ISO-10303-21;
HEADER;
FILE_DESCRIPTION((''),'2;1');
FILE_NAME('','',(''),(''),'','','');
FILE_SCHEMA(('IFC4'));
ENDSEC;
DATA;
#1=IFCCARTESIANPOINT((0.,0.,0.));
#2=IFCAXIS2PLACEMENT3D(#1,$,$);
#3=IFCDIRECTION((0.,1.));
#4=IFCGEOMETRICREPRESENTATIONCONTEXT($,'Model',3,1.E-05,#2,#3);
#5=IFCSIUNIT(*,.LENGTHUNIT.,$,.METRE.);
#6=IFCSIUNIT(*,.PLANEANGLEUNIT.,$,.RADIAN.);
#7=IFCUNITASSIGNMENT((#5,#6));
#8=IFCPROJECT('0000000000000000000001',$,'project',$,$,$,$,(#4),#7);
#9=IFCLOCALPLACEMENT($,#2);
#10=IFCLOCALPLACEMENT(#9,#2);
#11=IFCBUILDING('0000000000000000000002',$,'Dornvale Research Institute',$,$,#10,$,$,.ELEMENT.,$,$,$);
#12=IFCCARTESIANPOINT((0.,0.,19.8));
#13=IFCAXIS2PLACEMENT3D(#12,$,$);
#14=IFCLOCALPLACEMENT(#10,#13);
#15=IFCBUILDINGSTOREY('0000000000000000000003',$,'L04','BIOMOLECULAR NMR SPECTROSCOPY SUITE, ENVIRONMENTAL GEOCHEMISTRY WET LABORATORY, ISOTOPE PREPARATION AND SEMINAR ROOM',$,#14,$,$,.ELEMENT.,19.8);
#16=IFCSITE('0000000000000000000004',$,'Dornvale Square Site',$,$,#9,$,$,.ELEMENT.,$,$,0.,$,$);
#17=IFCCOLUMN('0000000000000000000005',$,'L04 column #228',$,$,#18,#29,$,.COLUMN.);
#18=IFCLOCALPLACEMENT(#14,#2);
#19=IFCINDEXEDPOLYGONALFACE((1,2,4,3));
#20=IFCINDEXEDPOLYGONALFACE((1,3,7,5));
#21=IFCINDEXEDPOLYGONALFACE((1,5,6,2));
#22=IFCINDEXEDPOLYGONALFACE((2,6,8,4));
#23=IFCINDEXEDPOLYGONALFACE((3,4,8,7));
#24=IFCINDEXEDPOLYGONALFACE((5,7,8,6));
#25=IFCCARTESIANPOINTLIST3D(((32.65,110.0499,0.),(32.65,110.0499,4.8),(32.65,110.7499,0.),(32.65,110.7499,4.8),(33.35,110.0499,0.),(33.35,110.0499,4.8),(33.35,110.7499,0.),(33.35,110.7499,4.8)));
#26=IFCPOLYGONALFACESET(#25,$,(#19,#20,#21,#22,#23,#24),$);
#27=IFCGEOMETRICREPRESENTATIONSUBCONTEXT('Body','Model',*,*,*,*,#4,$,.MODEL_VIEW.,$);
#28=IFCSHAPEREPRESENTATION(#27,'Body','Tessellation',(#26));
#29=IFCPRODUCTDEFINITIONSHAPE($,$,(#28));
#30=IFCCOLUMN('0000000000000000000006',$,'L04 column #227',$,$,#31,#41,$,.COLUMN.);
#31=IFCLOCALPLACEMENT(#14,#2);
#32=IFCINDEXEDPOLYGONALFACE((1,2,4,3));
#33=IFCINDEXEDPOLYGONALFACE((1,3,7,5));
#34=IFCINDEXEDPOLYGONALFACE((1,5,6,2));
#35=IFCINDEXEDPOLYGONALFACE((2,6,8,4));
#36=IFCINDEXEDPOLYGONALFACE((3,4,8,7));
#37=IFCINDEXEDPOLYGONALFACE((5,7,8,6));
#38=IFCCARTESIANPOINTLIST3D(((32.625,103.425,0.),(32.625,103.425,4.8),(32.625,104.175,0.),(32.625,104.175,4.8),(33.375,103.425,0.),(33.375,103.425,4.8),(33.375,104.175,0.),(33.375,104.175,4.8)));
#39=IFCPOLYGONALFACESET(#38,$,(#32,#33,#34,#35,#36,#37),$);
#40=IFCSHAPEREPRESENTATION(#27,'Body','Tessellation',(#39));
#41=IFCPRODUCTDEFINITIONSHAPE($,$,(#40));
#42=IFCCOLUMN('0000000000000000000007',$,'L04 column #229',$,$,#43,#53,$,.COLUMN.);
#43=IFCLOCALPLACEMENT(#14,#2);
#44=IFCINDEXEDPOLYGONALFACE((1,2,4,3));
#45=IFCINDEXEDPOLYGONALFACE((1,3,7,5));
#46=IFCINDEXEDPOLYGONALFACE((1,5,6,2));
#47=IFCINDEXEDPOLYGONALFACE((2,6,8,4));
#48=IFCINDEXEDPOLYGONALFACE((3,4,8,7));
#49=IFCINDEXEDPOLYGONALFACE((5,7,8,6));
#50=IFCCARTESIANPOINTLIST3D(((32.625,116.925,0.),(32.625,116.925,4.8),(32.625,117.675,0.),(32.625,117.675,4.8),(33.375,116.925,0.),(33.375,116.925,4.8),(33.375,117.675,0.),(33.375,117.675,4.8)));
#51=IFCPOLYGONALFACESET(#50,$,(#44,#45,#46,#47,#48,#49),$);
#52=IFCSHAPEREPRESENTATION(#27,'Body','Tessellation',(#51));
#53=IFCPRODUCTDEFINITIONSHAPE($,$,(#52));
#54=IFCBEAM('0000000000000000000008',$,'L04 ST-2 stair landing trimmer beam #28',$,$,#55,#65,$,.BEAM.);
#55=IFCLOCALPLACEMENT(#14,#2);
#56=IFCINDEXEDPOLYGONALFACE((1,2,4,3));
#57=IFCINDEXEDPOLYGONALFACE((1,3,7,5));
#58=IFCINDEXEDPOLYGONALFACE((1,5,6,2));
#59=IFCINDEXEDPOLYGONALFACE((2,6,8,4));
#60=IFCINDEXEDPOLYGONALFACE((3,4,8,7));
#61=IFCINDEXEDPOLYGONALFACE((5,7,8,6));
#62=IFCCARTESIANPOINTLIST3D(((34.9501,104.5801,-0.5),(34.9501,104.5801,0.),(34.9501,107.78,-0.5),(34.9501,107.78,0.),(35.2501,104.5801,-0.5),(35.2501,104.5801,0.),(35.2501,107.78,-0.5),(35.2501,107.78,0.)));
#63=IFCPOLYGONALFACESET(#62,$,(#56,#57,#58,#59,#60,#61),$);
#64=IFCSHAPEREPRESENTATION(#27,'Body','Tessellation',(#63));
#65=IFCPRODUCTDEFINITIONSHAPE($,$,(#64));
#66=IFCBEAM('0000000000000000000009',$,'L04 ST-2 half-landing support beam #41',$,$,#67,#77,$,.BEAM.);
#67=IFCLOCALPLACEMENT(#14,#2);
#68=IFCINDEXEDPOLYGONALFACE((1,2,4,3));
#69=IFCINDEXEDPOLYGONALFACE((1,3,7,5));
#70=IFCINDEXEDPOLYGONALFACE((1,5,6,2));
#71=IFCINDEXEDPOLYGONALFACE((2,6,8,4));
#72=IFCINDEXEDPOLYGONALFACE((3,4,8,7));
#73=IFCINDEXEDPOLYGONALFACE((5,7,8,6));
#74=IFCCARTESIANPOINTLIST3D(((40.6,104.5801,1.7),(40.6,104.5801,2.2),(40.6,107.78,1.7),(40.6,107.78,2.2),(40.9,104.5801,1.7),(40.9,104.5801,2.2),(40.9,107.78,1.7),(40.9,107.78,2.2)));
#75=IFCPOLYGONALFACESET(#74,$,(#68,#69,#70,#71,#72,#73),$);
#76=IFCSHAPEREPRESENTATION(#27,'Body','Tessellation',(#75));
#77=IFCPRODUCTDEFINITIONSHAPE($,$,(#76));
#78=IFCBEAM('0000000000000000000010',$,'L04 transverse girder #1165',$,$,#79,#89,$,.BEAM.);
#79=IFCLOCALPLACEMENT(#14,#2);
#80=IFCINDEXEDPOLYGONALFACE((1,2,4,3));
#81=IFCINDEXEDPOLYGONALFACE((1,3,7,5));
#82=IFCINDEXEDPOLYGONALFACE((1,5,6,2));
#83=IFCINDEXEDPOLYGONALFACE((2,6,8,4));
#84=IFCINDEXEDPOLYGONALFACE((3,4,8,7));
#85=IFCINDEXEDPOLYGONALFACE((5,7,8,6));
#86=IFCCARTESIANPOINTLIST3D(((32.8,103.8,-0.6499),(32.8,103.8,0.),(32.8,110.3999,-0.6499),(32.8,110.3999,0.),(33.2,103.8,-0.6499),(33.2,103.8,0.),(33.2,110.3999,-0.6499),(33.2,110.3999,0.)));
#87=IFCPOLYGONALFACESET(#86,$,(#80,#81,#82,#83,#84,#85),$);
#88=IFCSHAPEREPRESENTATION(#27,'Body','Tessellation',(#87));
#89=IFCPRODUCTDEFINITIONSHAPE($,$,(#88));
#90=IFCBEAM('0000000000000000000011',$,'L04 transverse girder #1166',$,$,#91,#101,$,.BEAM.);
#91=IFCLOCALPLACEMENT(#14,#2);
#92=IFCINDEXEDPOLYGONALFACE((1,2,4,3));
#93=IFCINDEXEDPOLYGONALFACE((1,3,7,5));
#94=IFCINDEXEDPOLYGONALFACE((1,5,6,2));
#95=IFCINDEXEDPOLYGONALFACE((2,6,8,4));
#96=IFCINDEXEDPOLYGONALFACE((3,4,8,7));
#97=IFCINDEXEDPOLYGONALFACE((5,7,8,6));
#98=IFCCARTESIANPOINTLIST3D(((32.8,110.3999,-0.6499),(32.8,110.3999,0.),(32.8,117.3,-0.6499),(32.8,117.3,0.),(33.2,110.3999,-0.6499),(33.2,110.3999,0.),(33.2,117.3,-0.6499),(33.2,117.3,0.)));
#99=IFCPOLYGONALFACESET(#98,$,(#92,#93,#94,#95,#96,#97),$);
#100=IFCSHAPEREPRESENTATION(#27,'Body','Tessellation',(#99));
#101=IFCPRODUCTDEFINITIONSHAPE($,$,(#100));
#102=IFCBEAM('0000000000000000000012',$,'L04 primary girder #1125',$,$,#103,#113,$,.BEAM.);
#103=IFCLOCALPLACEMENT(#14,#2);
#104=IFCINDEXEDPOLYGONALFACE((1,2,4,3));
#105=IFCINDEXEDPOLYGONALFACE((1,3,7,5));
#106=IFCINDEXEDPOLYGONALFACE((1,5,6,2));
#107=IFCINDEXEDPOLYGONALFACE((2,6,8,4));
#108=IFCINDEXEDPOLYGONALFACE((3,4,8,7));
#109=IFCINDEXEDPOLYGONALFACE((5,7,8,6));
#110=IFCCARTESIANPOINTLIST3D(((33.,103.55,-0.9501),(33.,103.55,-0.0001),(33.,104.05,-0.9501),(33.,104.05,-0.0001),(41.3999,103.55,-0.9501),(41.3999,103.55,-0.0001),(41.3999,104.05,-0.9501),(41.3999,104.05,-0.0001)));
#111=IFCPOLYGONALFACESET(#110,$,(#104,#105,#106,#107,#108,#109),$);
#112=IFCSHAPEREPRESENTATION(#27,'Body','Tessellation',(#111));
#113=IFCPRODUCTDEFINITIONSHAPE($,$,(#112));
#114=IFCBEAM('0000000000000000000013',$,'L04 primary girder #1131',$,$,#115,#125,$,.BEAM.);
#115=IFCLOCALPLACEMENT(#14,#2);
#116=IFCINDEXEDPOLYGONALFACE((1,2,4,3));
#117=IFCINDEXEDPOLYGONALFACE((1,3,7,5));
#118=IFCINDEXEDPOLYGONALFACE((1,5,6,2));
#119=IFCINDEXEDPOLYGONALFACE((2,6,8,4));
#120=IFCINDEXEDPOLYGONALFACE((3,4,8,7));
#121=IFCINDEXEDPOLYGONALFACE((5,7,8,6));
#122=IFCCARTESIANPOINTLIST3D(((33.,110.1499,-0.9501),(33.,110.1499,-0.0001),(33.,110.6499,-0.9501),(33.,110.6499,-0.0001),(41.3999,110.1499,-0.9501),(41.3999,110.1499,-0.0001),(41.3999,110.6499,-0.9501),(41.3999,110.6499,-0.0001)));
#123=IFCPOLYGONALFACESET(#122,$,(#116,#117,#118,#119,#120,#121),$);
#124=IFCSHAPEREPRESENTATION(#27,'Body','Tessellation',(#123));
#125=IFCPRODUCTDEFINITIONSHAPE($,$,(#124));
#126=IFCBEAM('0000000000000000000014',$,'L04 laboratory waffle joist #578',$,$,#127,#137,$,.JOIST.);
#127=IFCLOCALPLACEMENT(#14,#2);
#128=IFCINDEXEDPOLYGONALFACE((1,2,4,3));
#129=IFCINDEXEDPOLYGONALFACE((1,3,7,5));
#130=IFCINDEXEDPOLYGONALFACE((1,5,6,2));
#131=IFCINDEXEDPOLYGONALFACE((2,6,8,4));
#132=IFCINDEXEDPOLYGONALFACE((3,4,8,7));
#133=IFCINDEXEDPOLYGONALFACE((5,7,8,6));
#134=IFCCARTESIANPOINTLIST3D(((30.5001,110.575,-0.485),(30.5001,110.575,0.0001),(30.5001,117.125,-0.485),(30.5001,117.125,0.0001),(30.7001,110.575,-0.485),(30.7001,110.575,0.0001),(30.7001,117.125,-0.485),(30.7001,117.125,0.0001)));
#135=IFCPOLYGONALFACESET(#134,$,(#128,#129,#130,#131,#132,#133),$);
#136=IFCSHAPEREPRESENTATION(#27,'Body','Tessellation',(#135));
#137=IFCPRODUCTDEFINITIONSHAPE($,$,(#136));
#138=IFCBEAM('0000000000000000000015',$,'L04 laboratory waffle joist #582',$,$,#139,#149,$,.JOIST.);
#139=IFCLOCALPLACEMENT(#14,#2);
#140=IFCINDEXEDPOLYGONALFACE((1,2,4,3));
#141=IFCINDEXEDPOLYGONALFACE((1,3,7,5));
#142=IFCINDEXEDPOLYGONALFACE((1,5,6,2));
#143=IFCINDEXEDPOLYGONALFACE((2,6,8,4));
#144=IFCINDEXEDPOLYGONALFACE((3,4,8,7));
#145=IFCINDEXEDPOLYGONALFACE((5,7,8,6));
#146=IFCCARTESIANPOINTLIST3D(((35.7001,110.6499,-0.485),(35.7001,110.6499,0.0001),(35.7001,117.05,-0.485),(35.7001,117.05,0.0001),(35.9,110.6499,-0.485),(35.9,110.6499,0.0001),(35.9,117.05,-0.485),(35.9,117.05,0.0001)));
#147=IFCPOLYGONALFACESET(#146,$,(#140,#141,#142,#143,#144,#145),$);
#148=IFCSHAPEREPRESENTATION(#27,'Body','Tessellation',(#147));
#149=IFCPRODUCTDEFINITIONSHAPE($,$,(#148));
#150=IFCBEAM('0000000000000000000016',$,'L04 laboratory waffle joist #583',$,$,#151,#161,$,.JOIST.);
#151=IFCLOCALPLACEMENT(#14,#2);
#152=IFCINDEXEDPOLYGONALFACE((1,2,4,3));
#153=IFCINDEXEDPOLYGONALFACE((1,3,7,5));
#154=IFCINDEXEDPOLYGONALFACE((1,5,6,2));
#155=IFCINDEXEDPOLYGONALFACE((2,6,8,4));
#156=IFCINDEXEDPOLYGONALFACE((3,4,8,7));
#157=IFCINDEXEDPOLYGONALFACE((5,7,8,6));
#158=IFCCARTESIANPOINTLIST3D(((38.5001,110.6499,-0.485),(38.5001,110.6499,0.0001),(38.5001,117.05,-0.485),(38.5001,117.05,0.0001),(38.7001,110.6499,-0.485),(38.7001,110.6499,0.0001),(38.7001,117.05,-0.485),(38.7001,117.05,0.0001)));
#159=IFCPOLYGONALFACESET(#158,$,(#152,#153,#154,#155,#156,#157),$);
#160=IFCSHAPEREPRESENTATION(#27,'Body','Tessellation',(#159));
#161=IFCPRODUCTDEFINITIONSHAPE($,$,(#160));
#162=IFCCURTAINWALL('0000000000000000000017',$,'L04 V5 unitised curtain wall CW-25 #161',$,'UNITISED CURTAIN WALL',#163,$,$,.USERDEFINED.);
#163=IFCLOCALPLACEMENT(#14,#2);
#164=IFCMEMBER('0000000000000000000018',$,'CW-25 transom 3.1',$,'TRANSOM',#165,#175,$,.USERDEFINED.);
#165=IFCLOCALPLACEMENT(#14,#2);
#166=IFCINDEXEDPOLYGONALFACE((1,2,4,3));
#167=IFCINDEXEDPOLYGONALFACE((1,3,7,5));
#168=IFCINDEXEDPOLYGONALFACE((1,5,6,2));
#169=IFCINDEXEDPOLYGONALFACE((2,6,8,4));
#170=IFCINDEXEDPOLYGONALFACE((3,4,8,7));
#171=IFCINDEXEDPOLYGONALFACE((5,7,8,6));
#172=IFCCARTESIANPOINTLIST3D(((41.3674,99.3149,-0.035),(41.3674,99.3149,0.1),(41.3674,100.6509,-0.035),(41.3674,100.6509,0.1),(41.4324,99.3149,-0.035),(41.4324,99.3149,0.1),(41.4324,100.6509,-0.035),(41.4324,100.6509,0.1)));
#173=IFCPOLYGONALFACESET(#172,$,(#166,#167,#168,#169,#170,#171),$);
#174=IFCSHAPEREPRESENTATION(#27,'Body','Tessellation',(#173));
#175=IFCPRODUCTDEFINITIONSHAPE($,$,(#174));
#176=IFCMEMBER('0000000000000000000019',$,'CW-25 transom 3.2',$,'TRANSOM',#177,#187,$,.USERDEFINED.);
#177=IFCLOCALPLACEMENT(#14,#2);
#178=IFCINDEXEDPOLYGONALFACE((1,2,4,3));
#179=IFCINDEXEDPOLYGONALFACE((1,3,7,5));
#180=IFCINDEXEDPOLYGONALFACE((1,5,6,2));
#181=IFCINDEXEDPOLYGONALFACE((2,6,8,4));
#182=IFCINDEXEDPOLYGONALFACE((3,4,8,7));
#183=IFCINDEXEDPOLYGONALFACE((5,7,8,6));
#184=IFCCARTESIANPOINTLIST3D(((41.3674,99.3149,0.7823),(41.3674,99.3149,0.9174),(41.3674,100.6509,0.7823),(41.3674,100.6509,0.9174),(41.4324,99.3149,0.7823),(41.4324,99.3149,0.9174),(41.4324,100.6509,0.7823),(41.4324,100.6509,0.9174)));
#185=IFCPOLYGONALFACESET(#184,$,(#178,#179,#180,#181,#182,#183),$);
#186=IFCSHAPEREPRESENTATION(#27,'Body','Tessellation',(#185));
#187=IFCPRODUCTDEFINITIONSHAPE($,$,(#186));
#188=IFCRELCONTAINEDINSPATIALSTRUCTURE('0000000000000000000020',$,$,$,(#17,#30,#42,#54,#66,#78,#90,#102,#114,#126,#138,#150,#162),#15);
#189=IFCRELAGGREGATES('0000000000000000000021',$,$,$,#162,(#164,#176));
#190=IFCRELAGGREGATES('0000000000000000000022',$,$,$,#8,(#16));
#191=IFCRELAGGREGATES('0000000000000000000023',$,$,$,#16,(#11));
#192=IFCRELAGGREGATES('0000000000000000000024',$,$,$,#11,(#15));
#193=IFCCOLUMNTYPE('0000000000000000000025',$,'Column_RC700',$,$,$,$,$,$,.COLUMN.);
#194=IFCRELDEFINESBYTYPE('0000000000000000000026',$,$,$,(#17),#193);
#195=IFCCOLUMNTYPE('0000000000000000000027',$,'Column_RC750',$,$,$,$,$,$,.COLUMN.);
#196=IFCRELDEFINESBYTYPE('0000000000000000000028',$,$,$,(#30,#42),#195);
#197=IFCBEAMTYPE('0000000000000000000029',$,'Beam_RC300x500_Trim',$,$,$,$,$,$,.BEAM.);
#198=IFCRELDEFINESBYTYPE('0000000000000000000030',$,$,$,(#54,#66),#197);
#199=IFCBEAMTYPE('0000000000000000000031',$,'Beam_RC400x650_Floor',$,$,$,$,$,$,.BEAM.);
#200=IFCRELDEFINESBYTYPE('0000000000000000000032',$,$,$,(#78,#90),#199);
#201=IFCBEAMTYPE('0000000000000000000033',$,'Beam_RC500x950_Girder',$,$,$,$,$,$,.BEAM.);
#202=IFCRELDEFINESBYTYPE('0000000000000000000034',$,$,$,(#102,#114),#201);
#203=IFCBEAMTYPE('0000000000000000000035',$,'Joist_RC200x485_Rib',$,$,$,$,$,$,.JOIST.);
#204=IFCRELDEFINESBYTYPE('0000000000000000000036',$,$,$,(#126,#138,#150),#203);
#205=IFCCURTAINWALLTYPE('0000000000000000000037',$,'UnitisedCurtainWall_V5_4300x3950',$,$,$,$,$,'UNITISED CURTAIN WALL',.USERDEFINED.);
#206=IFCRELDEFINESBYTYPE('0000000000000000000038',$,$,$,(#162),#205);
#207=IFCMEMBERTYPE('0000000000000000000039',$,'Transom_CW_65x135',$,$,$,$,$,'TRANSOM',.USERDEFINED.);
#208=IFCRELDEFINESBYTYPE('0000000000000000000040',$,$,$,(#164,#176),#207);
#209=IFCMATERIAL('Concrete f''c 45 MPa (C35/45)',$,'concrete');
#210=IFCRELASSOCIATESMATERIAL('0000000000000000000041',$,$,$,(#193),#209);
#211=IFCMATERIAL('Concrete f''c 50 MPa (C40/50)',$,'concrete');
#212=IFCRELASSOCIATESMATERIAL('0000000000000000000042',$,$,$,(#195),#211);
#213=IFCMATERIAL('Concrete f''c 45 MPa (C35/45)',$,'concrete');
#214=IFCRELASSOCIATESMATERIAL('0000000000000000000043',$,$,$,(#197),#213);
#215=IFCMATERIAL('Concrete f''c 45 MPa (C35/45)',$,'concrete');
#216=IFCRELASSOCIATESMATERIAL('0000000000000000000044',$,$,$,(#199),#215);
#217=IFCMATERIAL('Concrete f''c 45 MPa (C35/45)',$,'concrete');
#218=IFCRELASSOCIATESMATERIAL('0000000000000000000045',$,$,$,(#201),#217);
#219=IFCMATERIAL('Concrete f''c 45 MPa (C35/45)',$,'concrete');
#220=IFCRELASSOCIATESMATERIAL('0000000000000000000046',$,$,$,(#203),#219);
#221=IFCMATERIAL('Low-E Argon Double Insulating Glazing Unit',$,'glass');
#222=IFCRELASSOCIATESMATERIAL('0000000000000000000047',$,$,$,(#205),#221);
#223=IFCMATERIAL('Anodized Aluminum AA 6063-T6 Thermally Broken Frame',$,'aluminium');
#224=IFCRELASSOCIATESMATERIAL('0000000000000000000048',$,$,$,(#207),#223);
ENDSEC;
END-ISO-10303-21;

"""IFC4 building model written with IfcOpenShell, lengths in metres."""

from ifc_helpers import new_model, si_unit, direction, frame, origin, origin_2d, place, context, subcontext, project, spatial, rectangle, extrude, material, material_profile, profile_set, type_object, element, aggregate, save


model = new_model("IFC4")

# Units and contexts
model_context = context("Model", 3, precision=1e-05, world=origin(), true_north=direction((0.0, 1.0)))
body_context = subcontext(model_context, "Body", "Model", "MODEL_VIEW")
ifc_project = project(units=[si_unit("LENGTHUNIT", "METRE"), si_unit("PLANEANGLEUNIT", "RADIAN")], contexts=[model_context])

# Site, building, storey
site_placement = place(None, origin())
site = spatial("IfcSite", under=ifc_project, at=site_placement, Name="Dornvale Square Site", CompositionType="ELEMENT", RefElevation=0.0)
building_placement = place(site_placement, origin())
building = spatial("IfcBuilding", under=site, at=building_placement, Name="Dornvale Research Institute", CompositionType="ELEMENT")
storey_placement = place(building_placement, frame((0.0, 0.0, 19.8)))
storey = spatial("IfcBuildingStorey", under=building, at=storey_placement, Name="L04", Description="BIOMOLECULAR NMR SPECTROSCOPY SUITE, ENVIRONMENTAL GEOCHEMISTRY WET LABORATORY, ISOTOPE PREPARATION AND SEMINAR ROOM", CompositionType="ELEMENT", Elevation=19.8)

# Columns
ifc_material_1 = material(Name="Concrete f'c 45 MPa (C35/45)", Category="concrete")
ifc_material_profile_1 = material_profile(ifc_material_1, rectangle(XDim=0.7, YDim=0.7, at=origin_2d()), Name="RC 700x700")
ifc_profile_set_1 = profile_set([ifc_material_profile_1], Name="Concrete f'c 45 MPa (C35/45)")
column_type_1 = type_object("IfcColumnType", Name="Column_RC700", PredefinedType="COLUMN", material=ifc_profile_set_1)
column_placement = place(storey_placement, frame((33.0, 110.3999, 0.0), z_axis=(0.0, 0.0, 1.0), x_axis=(1.0, 0.0, 0.0)))
element("IfcColumn", 1, at=column_placement, inside=storey, type_object=column_type_1, Name="L04 column #228", PredefinedType="COLUMN", context=body_context, shape_type="SweptSolid", body=[
    extrude(rectangle(XDim=0.7, YDim=0.7, at=origin_2d()), origin(), (0.0, 0.0, 1.0), 4.8),
])
ifc_material_2 = material(Name="Concrete f'c 50 MPa (C40/50)", Category="concrete")
ifc_material_profile_2 = material_profile(ifc_material_2, rectangle(XDim=0.75, YDim=0.75, at=origin_2d()), Name="RC 750x750")
ifc_profile_set_2 = profile_set([ifc_material_profile_2], Name="Concrete f'c 50 MPa (C40/50)")
column_type_2 = type_object("IfcColumnType", Name="Column_RC750", PredefinedType="COLUMN", material=ifc_profile_set_2)
for number, where, z_axis, x_axis, name in (
    (2, (33.0, 103.8, 0.0), (0.0, 0.0, 1.0), (1.0, 0.0, 0.0), "L04 column #227"),
    (3, (33.0, 117.3, 0.0), (0.0, 0.0, 1.0), (1.0, 0.0, 0.0), "L04 column #229"),
):
    element("IfcColumn", number, at=place(storey_placement, frame(where, z_axis=z_axis, x_axis=x_axis)), inside=storey, type_object=column_type_2, Name=name, PredefinedType="COLUMN", context=body_context, shape_type="SweptSolid", body=[
        extrude(rectangle(XDim=0.75, YDim=0.75, at=origin_2d()), origin(), (0.0, 0.0, 1.0), 4.8),
    ])

# Beams
ifc_material_3 = material(Name="Concrete f'c 45 MPa (C35/45)", Category="concrete")
ifc_material_profile_3 = material_profile(ifc_material_3, rectangle(XDim=0.3, YDim=0.5, at=origin_2d()), Name="RC 300x500")
ifc_profile_set_3 = profile_set([ifc_material_profile_3], Name="Concrete f'c 45 MPa (C35/45)")
beam_type_1 = type_object("IfcBeamType", Name="Beam_RC300x500_Trim", PredefinedType="BEAM", material=ifc_profile_set_3)
for number, where, z_axis, x_axis, name in (
    (4, (35.1001, 104.5801, -0.25), (0.0, 1.0, 0.0), (-1.0, 0.0, 0.0), "L04 ST-2 stair landing trimmer beam #28"),
    (5, (40.75, 104.5801, 1.95), (0.0, 1.0, 0.0), (-1.0, 0.0, 0.0), "L04 ST-2 half-landing support beam #41"),
):
    element("IfcBeam", number, at=place(storey_placement, frame(where, z_axis=z_axis, x_axis=x_axis)), inside=storey, type_object=beam_type_1, Name=name, PredefinedType="BEAM", context=body_context, shape_type="SweptSolid", body=[
        extrude(rectangle(XDim=0.3, YDim=0.5, at=origin_2d()), origin(), (0.0, 0.0, 1.0), 3.2),
    ])
ifc_material_4 = material(Name="Concrete f'c 45 MPa (C35/45)", Category="concrete")
ifc_material_profile_4 = material_profile(ifc_material_4, rectangle(XDim=0.3999, YDim=0.6499, at=origin_2d()), Name="RC 400x650")
ifc_profile_set_4 = profile_set([ifc_material_profile_4], Name="Concrete f'c 45 MPa (C35/45)")
beam_type_2 = type_object("IfcBeamType", Name="Beam_RC400x650_Floor", PredefinedType="BEAM", material=ifc_profile_set_4)
beam_1_placement = place(storey_placement, frame((33.0, 103.8, -0.325), z_axis=(0.0, 1.0, 0.0), x_axis=(-1.0, 0.0, 0.0)))
element("IfcBeam", 6, at=beam_1_placement, inside=storey, type_object=beam_type_2, Name="L04 transverse girder #1165", PredefinedType="BEAM", context=body_context, shape_type="SweptSolid", body=[
    extrude(rectangle(XDim=0.3999, YDim=0.6499, at=origin_2d()), origin(), (0.0, 0.0, 1.0), 6.5999),
])
beam_2_placement = place(storey_placement, frame((33.0, 110.3999, -0.325), z_axis=(0.0, 1.0, 0.0), x_axis=(-1.0, 0.0, 0.0)))
element("IfcBeam", 7, at=beam_2_placement, inside=storey, type_object=beam_type_2, Name="L04 transverse girder #1166", PredefinedType="BEAM", context=body_context, shape_type="SweptSolid", body=[
    extrude(rectangle(XDim=0.3999, YDim=0.6499, at=origin_2d()), origin(), (0.0, 0.0, 1.0), 6.9001),
])
ifc_material_5 = material(Name="Concrete f'c 45 MPa (C35/45)", Category="concrete")
ifc_material_profile_5 = material_profile(ifc_material_5, rectangle(XDim=0.5, YDim=0.95, at=origin_2d()), Name="RC 500x950")
ifc_profile_set_5 = profile_set([ifc_material_profile_5], Name="Concrete f'c 45 MPa (C35/45)")
beam_type_3 = type_object("IfcBeamType", Name="Beam_RC500x950_Girder", PredefinedType="BEAM", material=ifc_profile_set_5)
for number, where, z_axis, x_axis, name in (
    (8, (33.0, 103.8, -0.4751), (1.0, 0.0, 0.0), (0.0, 1.0, 0.0), "L04 primary girder #1125"),
    (9, (33.0, 110.3999, -0.4751), (1.0, 0.0, 0.0), (0.0, 1.0, 0.0), "L04 primary girder #1131"),
):
    element("IfcBeam", number, at=place(storey_placement, frame(where, z_axis=z_axis, x_axis=x_axis)), inside=storey, type_object=beam_type_3, Name=name, PredefinedType="BEAM", context=body_context, shape_type="SweptSolid", body=[
        extrude(rectangle(XDim=0.5, YDim=0.95, at=origin_2d()), origin(), (0.0, 0.0, 1.0), 8.3999),
    ])
ifc_material_6 = material(Name="Concrete f'c 45 MPa (C35/45)", Category="concrete")
ifc_material_profile_6 = material_profile(ifc_material_6, rectangle(XDim=0.2, YDim=0.4851, at=origin_2d()), Name="RC 200x485")
ifc_profile_set_6 = profile_set([ifc_material_profile_6], Name="Concrete f'c 45 MPa (C35/45)")
beam_type_4 = type_object("IfcBeamType", Name="Joist_RC200x485_Rib", PredefinedType="JOIST", material=ifc_profile_set_6)
beam_3_placement = place(storey_placement, frame((30.6001, 110.575, -0.2424), z_axis=(0.0, 1.0, 0.0), x_axis=(-1.0, 0.0, 0.0)))
element("IfcBeam", 10, at=beam_3_placement, inside=storey, type_object=beam_type_4, Name="L04 laboratory waffle joist #578", PredefinedType="JOIST", context=body_context, shape_type="SweptSolid", body=[
    extrude(rectangle(XDim=0.2, YDim=0.4851, at=origin_2d()), origin(), (0.0, 0.0, 1.0), 6.55),
])
for number, where, z_axis, x_axis, name in (
    (11, (35.8, 110.6499, -0.2424), (0.0, 1.0, 0.0), (-1.0, 0.0, 0.0), "L04 laboratory waffle joist #582"),
    (12, (38.6001, 110.6499, -0.2424), (0.0, 1.0, 0.0), (-1.0, 0.0, 0.0), "L04 laboratory waffle joist #583"),
):
    element("IfcBeam", number, at=place(storey_placement, frame(where, z_axis=z_axis, x_axis=x_axis)), inside=storey, type_object=beam_type_4, Name=name, PredefinedType="JOIST", context=body_context, shape_type="SweptSolid", body=[
        extrude(rectangle(XDim=0.2, YDim=0.4851, at=origin_2d()), origin(), (0.0, 0.0, 1.0), 6.4001),
    ])

# Curtain wall, members
ifc_material_7 = material(Name="Low-E Argon Double Insulating Glazing Unit", Category="glass")
curtain_wall_type = type_object("IfcCurtainWallType", Name="UnitisedCurtainWall_V5_4300x3950", ElementType="UNITISED CURTAIN WALL", PredefinedType="USERDEFINED", material=ifc_material_7)
curtain_wall_placement = place(storey_placement, origin())
curtain_wall = element("IfcCurtainWall", 13, at=curtain_wall_placement, inside=storey, type_object=curtain_wall_type, Name="L04 V5 unitised curtain wall CW-25 #161", ObjectType="UNITISED CURTAIN WALL", PredefinedType="USERDEFINED")
ifc_material_8 = material(Name="Anodized Aluminum AA 6063-T6 Thermally Broken Frame", Category="aluminium")
ifc_material_profile_7 = material_profile(ifc_material_8, rectangle(XDim=0.0649, YDim=0.135, at=origin_2d()), Name="ALU TRANSOM 65x135")
ifc_profile_set_7 = profile_set([ifc_material_profile_7], Name="Anodized Aluminum AA 6063-T6 Thermally Broken Frame")
member_type = type_object("IfcMemberType", Name="Transom_CW_65x135", ElementType="TRANSOM", PredefinedType="USERDEFINED", material=ifc_profile_set_7)
member_1_placement = place(storey_placement, frame((41.3999, 100.6509, 0.0325), z_axis=(0.0, -1.0, 0.0), x_axis=(1.0, 0.0, 0.0)))
member_1 = element("IfcMember", 14, at=member_1_placement, type_object=member_type, Name="CW-25 transom 3.1", ObjectType="TRANSOM", PredefinedType="USERDEFINED", context=body_context, shape_type="SweptSolid", body=[
    extrude(rectangle(XDim=0.0649, YDim=0.135, at=origin_2d()), origin(), (0.0, 0.0, 1.0), 1.3359),
])
member_2_placement = place(storey_placement, frame((41.3999, 100.6509, 0.8499), z_axis=(0.0, -1.0, 0.0), x_axis=(1.0, 0.0, 0.0)))
member_2 = element("IfcMember", 15, at=member_2_placement, type_object=member_type, Name="CW-25 transom 3.2", ObjectType="TRANSOM", PredefinedType="USERDEFINED", context=body_context, shape_type="SweptSolid", body=[
    extrude(rectangle(XDim=0.0649, YDim=0.135, at=origin_2d()), origin(), (0.0, 0.0, 1.0), 1.3359),
])
aggregate(curtain_wall, [member_1, member_2])

save(model, "model.ifc")
